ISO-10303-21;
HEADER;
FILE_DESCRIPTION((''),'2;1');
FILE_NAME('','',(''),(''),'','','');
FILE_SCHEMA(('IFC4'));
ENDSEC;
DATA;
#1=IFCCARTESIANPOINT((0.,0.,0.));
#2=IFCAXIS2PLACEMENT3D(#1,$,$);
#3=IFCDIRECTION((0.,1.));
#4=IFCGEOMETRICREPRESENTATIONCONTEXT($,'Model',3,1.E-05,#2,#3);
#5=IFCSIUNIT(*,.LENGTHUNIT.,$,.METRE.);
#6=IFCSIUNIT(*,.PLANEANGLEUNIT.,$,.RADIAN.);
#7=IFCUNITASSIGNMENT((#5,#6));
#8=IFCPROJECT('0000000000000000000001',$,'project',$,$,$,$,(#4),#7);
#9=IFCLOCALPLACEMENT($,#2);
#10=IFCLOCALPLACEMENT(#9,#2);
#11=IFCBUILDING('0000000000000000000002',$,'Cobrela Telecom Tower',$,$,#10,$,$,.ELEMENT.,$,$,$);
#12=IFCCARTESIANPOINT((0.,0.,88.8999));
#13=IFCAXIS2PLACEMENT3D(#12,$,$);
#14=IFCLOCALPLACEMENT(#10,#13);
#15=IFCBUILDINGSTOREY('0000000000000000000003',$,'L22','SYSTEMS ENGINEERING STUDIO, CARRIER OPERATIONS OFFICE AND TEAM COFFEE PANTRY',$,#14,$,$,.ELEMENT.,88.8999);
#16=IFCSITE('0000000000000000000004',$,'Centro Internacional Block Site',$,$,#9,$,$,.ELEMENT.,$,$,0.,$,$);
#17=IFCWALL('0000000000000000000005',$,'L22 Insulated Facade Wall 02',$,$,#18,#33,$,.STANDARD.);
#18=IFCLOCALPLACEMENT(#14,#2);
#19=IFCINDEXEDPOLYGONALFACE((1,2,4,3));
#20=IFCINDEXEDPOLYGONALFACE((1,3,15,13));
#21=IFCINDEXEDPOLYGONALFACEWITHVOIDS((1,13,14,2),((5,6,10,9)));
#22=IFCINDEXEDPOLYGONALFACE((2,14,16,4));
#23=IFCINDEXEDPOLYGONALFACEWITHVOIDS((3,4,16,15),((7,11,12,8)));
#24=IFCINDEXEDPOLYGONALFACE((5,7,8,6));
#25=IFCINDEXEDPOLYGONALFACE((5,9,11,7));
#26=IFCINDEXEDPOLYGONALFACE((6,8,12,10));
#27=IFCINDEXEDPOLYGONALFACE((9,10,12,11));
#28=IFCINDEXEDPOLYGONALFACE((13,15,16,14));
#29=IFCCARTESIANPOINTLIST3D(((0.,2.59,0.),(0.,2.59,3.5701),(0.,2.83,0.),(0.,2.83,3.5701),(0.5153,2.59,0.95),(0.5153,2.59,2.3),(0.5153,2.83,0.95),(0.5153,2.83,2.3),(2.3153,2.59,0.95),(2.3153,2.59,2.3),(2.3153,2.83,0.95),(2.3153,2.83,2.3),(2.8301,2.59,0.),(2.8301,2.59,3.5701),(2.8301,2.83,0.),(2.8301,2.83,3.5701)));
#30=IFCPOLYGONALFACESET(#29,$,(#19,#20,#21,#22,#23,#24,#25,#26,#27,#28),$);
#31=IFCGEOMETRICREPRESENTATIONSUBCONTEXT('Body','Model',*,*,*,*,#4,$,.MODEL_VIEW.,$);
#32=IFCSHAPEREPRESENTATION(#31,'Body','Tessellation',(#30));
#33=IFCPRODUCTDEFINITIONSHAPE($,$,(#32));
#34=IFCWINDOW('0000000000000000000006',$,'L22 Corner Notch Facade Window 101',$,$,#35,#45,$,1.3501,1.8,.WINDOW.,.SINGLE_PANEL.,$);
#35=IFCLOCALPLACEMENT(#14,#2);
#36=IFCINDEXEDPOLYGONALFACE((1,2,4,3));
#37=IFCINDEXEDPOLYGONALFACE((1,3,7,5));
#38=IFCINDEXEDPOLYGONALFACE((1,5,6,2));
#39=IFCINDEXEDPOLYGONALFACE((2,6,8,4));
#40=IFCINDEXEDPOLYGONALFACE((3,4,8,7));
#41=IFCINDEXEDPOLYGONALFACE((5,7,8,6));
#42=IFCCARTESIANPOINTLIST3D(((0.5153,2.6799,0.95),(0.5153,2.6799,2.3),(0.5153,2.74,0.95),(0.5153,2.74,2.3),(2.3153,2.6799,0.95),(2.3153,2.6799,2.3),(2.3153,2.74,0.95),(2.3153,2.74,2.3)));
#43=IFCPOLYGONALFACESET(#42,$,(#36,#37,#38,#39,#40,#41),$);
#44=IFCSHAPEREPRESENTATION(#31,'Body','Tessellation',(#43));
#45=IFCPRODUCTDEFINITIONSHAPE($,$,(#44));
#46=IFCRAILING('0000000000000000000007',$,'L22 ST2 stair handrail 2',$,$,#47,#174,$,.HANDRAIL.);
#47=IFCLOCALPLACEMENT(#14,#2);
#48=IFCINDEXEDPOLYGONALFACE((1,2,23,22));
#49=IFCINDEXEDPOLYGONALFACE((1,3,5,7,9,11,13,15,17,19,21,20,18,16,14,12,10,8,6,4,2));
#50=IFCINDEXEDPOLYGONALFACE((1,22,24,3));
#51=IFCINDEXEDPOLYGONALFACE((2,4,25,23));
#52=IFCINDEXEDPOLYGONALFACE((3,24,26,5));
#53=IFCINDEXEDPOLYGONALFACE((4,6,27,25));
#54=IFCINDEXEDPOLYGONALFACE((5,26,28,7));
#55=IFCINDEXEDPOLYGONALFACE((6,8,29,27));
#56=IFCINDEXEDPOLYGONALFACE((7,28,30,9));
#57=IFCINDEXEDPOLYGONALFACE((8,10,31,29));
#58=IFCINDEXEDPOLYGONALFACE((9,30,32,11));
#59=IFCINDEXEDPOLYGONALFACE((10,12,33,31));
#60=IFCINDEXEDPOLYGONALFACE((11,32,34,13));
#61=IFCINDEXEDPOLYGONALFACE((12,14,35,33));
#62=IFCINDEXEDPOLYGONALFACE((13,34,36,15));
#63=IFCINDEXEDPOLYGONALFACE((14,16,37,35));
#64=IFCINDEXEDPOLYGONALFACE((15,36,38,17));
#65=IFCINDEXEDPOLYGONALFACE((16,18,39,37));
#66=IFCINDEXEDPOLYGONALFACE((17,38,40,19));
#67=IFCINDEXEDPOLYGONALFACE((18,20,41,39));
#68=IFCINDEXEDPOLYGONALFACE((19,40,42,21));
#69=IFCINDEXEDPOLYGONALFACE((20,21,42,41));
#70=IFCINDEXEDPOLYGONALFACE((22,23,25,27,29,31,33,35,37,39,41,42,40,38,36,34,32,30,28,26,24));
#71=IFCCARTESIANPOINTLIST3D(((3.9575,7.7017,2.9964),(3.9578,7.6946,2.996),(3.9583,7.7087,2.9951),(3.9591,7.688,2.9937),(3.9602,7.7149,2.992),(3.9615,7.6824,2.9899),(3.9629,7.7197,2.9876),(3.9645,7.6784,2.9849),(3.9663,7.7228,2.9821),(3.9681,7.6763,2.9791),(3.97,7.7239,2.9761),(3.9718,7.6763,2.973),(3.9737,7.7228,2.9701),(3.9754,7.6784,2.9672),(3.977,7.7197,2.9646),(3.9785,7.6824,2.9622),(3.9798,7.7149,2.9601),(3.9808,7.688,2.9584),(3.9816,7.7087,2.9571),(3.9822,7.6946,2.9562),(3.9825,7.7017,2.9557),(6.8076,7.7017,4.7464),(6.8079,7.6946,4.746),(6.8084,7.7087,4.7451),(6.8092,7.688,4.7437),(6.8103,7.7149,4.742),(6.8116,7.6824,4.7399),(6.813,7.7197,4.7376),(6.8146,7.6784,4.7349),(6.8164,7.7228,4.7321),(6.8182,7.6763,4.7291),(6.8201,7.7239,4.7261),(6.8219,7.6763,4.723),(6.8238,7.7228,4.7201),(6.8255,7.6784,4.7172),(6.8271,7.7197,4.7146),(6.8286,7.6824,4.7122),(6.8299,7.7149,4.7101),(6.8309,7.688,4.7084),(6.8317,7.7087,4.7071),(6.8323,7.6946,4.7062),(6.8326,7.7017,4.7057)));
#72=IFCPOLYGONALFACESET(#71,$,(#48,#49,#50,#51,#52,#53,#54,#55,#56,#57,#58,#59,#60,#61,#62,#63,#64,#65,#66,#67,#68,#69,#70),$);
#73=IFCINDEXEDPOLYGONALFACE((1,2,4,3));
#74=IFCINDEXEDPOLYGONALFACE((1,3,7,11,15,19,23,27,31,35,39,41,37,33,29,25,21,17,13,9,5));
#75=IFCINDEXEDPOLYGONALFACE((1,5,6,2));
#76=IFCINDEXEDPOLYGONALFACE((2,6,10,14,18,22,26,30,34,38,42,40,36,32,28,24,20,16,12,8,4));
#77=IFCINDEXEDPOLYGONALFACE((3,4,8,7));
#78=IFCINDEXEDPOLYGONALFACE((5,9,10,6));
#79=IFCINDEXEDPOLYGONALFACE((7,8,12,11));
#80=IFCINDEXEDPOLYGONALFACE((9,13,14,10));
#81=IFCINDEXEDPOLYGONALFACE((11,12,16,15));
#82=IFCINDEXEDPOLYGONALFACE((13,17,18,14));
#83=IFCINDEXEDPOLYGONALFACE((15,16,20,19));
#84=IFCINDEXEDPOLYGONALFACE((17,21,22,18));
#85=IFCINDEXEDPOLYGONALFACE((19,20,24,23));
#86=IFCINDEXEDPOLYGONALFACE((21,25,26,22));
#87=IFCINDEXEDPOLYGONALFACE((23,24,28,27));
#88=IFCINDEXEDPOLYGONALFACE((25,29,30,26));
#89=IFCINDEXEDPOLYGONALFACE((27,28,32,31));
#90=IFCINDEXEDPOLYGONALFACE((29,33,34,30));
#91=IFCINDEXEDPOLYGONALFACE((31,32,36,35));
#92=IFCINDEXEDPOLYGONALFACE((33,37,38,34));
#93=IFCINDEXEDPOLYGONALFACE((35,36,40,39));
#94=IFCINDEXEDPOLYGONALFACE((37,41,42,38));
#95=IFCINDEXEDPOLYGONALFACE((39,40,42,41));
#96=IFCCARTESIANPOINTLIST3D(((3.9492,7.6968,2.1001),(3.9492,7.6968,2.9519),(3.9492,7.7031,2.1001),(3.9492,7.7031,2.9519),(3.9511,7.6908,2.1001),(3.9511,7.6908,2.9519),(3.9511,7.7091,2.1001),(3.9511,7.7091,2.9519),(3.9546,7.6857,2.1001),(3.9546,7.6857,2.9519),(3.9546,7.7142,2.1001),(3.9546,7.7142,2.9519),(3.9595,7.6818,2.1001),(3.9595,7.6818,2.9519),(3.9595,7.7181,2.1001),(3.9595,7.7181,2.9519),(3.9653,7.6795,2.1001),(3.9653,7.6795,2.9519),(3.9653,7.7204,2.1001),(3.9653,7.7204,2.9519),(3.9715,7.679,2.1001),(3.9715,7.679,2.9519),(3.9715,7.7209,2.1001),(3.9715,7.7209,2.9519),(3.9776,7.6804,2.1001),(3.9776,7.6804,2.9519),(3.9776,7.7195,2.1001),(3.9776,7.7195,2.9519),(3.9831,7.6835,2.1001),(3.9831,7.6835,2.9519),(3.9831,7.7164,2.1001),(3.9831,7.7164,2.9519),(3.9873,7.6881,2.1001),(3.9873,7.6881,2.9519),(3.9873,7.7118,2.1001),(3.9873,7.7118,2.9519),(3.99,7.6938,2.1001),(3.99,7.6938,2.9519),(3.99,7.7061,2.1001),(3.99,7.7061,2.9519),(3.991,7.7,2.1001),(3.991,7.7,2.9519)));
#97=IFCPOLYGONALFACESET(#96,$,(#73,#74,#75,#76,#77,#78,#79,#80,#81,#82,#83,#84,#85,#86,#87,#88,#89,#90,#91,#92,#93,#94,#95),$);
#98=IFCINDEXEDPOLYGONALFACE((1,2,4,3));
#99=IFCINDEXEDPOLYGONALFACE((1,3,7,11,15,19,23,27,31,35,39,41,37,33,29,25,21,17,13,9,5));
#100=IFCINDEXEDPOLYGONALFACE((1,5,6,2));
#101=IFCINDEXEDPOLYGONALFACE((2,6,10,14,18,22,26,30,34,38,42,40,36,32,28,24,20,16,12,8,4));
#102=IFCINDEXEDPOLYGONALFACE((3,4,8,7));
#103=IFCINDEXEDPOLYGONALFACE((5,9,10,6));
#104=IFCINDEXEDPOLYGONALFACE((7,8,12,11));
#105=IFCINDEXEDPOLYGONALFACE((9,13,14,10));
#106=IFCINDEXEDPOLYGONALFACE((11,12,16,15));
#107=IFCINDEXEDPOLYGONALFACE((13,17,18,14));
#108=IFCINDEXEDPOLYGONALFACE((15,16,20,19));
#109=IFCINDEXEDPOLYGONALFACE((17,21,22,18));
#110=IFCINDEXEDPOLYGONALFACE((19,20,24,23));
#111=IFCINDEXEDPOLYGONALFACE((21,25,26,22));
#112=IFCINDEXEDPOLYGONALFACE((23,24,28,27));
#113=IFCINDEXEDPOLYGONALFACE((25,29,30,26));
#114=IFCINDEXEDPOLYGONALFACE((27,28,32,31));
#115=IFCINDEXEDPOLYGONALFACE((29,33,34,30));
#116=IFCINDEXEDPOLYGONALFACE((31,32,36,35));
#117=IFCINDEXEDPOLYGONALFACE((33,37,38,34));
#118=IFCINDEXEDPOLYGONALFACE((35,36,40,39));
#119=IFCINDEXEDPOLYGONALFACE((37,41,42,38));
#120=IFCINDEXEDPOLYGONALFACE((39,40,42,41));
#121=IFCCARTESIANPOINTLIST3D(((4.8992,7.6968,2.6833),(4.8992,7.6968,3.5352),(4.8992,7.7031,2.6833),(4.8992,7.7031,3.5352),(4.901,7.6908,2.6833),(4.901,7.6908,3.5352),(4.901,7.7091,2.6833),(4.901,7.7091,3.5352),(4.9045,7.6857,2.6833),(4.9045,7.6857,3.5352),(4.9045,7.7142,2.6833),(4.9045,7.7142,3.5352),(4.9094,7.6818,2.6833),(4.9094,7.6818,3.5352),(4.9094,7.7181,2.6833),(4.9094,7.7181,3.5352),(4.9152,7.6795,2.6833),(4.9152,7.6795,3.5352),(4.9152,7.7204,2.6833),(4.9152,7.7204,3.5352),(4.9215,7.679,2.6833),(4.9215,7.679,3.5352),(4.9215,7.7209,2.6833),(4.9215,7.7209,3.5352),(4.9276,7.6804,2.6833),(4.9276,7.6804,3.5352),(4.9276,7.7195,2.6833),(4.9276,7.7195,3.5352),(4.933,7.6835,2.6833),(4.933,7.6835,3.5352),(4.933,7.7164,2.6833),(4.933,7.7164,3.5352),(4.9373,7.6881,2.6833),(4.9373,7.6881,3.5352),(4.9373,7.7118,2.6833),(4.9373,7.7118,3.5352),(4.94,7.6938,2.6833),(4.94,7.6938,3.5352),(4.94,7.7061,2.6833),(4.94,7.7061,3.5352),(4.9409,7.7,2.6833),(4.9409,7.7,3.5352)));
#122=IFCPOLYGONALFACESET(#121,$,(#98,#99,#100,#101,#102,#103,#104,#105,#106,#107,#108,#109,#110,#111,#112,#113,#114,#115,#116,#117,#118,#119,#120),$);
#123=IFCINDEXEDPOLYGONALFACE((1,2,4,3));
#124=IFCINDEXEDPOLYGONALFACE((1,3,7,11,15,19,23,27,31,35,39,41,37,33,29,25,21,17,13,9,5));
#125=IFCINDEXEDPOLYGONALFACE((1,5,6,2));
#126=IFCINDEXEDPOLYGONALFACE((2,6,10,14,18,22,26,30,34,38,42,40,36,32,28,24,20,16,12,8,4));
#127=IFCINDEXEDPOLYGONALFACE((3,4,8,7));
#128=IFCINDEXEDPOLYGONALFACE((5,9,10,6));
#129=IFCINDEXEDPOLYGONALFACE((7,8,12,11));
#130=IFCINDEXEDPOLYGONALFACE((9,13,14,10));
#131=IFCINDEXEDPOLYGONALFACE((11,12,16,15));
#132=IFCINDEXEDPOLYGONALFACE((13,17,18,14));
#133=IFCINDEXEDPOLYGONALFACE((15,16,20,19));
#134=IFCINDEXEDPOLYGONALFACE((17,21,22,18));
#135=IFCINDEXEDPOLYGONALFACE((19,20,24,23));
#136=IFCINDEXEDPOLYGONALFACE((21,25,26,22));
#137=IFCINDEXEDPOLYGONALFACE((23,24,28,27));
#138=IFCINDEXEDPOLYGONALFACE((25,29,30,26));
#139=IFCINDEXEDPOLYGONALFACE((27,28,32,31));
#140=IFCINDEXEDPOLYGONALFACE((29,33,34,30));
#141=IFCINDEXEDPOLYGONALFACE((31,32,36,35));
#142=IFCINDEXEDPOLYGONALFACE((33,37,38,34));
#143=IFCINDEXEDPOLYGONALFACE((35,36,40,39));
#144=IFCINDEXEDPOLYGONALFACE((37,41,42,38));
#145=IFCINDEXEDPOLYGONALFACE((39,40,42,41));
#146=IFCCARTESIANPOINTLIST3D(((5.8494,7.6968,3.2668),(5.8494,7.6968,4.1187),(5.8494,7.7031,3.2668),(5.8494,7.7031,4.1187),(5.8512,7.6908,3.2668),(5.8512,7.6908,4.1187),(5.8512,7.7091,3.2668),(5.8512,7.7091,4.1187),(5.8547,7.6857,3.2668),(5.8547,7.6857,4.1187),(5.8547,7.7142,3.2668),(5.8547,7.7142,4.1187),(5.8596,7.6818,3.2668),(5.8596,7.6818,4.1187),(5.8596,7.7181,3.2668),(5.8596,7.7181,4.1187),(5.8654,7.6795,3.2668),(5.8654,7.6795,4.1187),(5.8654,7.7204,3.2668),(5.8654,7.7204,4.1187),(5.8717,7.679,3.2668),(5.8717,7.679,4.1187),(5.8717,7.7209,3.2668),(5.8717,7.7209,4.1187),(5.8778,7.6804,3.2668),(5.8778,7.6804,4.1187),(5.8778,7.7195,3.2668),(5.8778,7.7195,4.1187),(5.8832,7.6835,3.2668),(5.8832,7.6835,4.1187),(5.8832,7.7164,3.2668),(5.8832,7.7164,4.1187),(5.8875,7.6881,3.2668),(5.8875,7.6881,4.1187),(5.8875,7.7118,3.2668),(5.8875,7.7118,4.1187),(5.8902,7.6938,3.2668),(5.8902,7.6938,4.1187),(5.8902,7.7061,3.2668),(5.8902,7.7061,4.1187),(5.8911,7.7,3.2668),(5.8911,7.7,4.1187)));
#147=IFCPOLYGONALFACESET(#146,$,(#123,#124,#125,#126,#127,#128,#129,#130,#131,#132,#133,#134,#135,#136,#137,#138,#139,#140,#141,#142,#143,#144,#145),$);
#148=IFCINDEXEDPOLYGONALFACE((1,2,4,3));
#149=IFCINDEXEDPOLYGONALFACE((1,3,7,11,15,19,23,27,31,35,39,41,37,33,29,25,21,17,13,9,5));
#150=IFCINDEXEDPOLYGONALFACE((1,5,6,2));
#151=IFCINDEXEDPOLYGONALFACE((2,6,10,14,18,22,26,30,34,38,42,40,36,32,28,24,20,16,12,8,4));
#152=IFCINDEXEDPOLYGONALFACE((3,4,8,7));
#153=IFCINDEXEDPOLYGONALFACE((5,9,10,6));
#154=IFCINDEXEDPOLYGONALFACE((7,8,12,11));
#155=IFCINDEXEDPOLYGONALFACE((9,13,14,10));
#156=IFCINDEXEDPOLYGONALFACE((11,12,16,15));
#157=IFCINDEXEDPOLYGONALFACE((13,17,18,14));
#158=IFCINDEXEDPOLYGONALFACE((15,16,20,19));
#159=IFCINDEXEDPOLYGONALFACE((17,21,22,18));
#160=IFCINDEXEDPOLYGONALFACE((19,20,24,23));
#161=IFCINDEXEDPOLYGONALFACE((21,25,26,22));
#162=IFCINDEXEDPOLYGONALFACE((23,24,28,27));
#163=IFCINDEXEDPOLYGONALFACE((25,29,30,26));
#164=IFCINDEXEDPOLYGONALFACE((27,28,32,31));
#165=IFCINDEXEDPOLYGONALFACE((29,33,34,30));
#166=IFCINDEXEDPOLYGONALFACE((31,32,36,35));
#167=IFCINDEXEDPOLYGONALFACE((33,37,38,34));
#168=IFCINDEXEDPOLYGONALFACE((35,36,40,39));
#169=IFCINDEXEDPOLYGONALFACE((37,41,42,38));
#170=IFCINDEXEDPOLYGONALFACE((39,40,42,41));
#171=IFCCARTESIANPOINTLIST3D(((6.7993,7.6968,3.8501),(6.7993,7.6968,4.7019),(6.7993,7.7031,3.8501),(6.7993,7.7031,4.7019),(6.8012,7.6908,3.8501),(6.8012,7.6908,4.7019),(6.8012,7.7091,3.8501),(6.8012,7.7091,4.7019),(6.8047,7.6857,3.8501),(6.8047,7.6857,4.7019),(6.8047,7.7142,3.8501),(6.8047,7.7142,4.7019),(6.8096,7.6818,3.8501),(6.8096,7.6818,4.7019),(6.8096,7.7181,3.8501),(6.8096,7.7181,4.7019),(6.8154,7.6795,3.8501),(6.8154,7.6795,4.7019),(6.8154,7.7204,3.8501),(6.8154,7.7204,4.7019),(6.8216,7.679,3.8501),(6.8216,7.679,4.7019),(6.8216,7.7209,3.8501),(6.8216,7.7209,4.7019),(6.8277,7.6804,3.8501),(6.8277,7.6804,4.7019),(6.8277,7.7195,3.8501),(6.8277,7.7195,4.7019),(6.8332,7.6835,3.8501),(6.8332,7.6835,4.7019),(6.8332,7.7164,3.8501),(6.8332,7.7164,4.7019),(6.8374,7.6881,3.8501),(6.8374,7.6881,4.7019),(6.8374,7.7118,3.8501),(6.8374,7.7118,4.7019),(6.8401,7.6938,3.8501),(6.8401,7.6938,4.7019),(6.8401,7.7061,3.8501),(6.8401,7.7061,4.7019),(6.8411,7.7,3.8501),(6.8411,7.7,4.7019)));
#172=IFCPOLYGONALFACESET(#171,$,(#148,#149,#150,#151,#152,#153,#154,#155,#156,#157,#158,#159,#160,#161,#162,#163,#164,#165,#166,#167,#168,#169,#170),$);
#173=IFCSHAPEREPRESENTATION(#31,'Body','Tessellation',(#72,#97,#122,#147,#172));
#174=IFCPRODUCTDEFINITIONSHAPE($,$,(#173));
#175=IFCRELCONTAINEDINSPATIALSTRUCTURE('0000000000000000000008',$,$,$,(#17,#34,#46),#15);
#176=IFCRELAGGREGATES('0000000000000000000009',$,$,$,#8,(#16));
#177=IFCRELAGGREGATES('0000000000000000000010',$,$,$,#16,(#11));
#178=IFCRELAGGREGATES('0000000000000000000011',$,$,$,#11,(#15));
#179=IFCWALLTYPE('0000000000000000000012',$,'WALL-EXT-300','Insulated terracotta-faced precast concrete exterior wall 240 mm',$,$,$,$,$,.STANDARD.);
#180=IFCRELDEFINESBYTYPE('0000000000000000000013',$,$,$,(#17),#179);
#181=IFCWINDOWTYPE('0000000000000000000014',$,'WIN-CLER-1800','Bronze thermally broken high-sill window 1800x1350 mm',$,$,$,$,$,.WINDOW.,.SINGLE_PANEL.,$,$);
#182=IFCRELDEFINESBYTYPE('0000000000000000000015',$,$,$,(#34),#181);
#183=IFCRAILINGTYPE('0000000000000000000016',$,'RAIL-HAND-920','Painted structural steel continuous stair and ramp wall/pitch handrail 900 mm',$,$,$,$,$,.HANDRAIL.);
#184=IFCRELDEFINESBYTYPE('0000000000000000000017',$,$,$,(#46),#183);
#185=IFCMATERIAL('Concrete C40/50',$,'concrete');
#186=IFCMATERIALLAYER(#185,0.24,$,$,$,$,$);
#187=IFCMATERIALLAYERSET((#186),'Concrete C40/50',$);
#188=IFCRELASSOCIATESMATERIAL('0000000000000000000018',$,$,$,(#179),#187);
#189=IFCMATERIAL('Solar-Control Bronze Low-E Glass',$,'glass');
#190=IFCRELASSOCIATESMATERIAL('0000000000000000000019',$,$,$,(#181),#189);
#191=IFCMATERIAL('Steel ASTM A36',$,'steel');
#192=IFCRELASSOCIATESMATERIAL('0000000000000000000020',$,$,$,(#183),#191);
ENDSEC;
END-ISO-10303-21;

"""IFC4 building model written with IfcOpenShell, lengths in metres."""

from ifc_helpers import new_model, si_unit, direction, frame, frame_2d, origin, origin_2d, place, context, subcontext, project, spatial, rectangle, circle, extrude, material, layer, layer_set, type_object, element, fill, save


model = new_model("IFC4")

# Units and contexts
model_context = context("Model", 3, precision=1e-05, world=origin(), true_north=direction((0.0, 1.0)))
body_context = subcontext(model_context, "Body", "Model", "MODEL_VIEW")
ifc_project = project(units=[si_unit("LENGTHUNIT", "METRE"), si_unit("PLANEANGLEUNIT", "RADIAN")], contexts=[model_context])

# Site, building, storey
site_placement = place(None, origin())
site = spatial("IfcSite", under=ifc_project, at=site_placement, Name="Centro Internacional Block Site", CompositionType="ELEMENT", RefElevation=0.0)
building_placement = place(site_placement, origin())
building = spatial("IfcBuilding", under=site, at=building_placement, Name="Cobrela Telecom Tower", CompositionType="ELEMENT")
storey_placement = place(building_placement, frame((0.0, 0.0, 88.8999)))
storey = spatial("IfcBuildingStorey", under=building, at=storey_placement, Name="L22", Description="SYSTEMS ENGINEERING STUDIO, CARRIER OPERATIONS OFFICE AND TEAM COFFEE PANTRY", CompositionType="ELEMENT", Elevation=88.8999)

# Shared definitions
ifc_material_1 = material(Name="Solar-Control Bronze Low-E Glass", Category="glass")

# Wall, opening, window
ifc_material_2 = material(Name="Concrete C40/50", Category="concrete")
ifc_layer_1 = layer(ifc_material_2, 0.24)
ifc_layer_set_1 = layer_set([ifc_layer_1], Name="Concrete C40/50")
wall_type = type_object("IfcWallType", Name="WALL-EXT-300", Description="Insulated terracotta-faced precast concrete exterior wall 240 mm", PredefinedType="STANDARD", material=ifc_layer_set_1)
wall_1_placement = place(storey_placement, frame((2.8301, 2.71, 0.0), z_axis=(0.0, 0.0, 1.0), x_axis=(-1.0, 0.0, 0.0)))
wall_1 = element("IfcWall", 1, at=wall_1_placement, inside=storey, type_object=wall_type, Name="L22 Insulated Facade Wall 02", PredefinedType="STANDARD", context=body_context, shape_type="SweptSolid", body=[
    extrude(rectangle(XDim=2.8301, YDim=0.24, at=frame_2d((1.415, 0.0))), origin(), (0.0, 0.0, 1.0), 3.5701),
])
opening_1_placement = place(wall_1_placement, frame((0.5149, 0.0, 0.95)))
opening_1 = element("IfcOpeningElement", 2, at=opening_1_placement, cuts=wall_1, PredefinedType="OPENING", context=body_context, shape_type="SweptSolid", body=[
    extrude(rectangle(XDim=1.8, YDim=1.3501, at=frame_2d((0.8999, 0.675))), frame((0.0, 0.1318, 0.0), z_axis=(0.0, -1.0, 0.0), x_axis=(1.0, 0.0, 0.0)), (0.0, 0.0, 1.0), 0.2639),
])
window_type_1 = type_object("IfcWindowType", Name="WIN-CLER-1800", Description="Bronze thermally broken high-sill window 1800x1350 mm", PartitioningType="SINGLE_PANEL", PredefinedType="WINDOW", material=ifc_material_1)
window_1_placement = place(opening_1_placement, origin())
window_1 = element("IfcWindow", 3, at=window_1_placement, inside=storey, type_object=window_type_1, Name="L22 Corner Notch Facade Window 101", OverallHeight=1.3501, OverallWidth=1.8, PartitioningType="SINGLE_PANEL", PredefinedType="WINDOW", context=body_context, shape_type="SweptSolid", body=[
    extrude(rectangle(XDim=1.8, YDim=1.3501, at=frame_2d((0.8999, 0.675))), frame((0.0, 0.03, 0.0), z_axis=(0.0, -1.0, 0.0), x_axis=(1.0, 0.0, 0.0)), (0.0, 0.0, 1.0), 0.0601),
])
fill(opening_1, window_1)

# Railing
ifc_material_3 = material(Name="Steel ASTM A36", Category="steel")
railing_type = type_object("IfcRailingType", Name="RAIL-HAND-920", Description="Painted structural steel continuous stair and ramp wall/pitch handrail 900 mm", PredefinedType="HANDRAIL", material=ifc_material_3)
railing_placement = place(storey_placement, frame((3.97, 7.7, 2.1001)))
element("IfcRailing", 4, at=railing_placement, inside=storey, type_object=railing_type, Name="L22 ST2 stair handrail 2", PredefinedType="HANDRAIL", context=body_context, shape_type="SweptSolid", body=[
    extrude(circle(Radius=0.0239, at=origin_2d()), frame((0.0, 0.0, 0.876), z_axis=(0.852179, 0.0, 0.52325), x_axis=(0.0, 1.0, 0.0)), (0.0, 0.0, 1.0), 3.3445),
    extrude(circle(Radius=0.021, at=origin_2d()), origin(), (0.0, 0.0, 1.0), 0.8518),
    extrude(circle(Radius=0.021, at=origin_2d()), frame((0.95, 0.0, 0.5833)), (0.0, 0.0, 1.0), 0.8518),
    extrude(circle(Radius=0.021, at=origin_2d()), frame((1.9001, 0.0, 1.1667)), (0.0, 0.0, 1.0), 0.8518),
    extrude(circle(Radius=0.021, at=origin_2d()), frame((2.8501, 0.0, 1.75)), (0.0, 0.0, 1.0), 0.8518),
])

save(model, "model.ifc")
